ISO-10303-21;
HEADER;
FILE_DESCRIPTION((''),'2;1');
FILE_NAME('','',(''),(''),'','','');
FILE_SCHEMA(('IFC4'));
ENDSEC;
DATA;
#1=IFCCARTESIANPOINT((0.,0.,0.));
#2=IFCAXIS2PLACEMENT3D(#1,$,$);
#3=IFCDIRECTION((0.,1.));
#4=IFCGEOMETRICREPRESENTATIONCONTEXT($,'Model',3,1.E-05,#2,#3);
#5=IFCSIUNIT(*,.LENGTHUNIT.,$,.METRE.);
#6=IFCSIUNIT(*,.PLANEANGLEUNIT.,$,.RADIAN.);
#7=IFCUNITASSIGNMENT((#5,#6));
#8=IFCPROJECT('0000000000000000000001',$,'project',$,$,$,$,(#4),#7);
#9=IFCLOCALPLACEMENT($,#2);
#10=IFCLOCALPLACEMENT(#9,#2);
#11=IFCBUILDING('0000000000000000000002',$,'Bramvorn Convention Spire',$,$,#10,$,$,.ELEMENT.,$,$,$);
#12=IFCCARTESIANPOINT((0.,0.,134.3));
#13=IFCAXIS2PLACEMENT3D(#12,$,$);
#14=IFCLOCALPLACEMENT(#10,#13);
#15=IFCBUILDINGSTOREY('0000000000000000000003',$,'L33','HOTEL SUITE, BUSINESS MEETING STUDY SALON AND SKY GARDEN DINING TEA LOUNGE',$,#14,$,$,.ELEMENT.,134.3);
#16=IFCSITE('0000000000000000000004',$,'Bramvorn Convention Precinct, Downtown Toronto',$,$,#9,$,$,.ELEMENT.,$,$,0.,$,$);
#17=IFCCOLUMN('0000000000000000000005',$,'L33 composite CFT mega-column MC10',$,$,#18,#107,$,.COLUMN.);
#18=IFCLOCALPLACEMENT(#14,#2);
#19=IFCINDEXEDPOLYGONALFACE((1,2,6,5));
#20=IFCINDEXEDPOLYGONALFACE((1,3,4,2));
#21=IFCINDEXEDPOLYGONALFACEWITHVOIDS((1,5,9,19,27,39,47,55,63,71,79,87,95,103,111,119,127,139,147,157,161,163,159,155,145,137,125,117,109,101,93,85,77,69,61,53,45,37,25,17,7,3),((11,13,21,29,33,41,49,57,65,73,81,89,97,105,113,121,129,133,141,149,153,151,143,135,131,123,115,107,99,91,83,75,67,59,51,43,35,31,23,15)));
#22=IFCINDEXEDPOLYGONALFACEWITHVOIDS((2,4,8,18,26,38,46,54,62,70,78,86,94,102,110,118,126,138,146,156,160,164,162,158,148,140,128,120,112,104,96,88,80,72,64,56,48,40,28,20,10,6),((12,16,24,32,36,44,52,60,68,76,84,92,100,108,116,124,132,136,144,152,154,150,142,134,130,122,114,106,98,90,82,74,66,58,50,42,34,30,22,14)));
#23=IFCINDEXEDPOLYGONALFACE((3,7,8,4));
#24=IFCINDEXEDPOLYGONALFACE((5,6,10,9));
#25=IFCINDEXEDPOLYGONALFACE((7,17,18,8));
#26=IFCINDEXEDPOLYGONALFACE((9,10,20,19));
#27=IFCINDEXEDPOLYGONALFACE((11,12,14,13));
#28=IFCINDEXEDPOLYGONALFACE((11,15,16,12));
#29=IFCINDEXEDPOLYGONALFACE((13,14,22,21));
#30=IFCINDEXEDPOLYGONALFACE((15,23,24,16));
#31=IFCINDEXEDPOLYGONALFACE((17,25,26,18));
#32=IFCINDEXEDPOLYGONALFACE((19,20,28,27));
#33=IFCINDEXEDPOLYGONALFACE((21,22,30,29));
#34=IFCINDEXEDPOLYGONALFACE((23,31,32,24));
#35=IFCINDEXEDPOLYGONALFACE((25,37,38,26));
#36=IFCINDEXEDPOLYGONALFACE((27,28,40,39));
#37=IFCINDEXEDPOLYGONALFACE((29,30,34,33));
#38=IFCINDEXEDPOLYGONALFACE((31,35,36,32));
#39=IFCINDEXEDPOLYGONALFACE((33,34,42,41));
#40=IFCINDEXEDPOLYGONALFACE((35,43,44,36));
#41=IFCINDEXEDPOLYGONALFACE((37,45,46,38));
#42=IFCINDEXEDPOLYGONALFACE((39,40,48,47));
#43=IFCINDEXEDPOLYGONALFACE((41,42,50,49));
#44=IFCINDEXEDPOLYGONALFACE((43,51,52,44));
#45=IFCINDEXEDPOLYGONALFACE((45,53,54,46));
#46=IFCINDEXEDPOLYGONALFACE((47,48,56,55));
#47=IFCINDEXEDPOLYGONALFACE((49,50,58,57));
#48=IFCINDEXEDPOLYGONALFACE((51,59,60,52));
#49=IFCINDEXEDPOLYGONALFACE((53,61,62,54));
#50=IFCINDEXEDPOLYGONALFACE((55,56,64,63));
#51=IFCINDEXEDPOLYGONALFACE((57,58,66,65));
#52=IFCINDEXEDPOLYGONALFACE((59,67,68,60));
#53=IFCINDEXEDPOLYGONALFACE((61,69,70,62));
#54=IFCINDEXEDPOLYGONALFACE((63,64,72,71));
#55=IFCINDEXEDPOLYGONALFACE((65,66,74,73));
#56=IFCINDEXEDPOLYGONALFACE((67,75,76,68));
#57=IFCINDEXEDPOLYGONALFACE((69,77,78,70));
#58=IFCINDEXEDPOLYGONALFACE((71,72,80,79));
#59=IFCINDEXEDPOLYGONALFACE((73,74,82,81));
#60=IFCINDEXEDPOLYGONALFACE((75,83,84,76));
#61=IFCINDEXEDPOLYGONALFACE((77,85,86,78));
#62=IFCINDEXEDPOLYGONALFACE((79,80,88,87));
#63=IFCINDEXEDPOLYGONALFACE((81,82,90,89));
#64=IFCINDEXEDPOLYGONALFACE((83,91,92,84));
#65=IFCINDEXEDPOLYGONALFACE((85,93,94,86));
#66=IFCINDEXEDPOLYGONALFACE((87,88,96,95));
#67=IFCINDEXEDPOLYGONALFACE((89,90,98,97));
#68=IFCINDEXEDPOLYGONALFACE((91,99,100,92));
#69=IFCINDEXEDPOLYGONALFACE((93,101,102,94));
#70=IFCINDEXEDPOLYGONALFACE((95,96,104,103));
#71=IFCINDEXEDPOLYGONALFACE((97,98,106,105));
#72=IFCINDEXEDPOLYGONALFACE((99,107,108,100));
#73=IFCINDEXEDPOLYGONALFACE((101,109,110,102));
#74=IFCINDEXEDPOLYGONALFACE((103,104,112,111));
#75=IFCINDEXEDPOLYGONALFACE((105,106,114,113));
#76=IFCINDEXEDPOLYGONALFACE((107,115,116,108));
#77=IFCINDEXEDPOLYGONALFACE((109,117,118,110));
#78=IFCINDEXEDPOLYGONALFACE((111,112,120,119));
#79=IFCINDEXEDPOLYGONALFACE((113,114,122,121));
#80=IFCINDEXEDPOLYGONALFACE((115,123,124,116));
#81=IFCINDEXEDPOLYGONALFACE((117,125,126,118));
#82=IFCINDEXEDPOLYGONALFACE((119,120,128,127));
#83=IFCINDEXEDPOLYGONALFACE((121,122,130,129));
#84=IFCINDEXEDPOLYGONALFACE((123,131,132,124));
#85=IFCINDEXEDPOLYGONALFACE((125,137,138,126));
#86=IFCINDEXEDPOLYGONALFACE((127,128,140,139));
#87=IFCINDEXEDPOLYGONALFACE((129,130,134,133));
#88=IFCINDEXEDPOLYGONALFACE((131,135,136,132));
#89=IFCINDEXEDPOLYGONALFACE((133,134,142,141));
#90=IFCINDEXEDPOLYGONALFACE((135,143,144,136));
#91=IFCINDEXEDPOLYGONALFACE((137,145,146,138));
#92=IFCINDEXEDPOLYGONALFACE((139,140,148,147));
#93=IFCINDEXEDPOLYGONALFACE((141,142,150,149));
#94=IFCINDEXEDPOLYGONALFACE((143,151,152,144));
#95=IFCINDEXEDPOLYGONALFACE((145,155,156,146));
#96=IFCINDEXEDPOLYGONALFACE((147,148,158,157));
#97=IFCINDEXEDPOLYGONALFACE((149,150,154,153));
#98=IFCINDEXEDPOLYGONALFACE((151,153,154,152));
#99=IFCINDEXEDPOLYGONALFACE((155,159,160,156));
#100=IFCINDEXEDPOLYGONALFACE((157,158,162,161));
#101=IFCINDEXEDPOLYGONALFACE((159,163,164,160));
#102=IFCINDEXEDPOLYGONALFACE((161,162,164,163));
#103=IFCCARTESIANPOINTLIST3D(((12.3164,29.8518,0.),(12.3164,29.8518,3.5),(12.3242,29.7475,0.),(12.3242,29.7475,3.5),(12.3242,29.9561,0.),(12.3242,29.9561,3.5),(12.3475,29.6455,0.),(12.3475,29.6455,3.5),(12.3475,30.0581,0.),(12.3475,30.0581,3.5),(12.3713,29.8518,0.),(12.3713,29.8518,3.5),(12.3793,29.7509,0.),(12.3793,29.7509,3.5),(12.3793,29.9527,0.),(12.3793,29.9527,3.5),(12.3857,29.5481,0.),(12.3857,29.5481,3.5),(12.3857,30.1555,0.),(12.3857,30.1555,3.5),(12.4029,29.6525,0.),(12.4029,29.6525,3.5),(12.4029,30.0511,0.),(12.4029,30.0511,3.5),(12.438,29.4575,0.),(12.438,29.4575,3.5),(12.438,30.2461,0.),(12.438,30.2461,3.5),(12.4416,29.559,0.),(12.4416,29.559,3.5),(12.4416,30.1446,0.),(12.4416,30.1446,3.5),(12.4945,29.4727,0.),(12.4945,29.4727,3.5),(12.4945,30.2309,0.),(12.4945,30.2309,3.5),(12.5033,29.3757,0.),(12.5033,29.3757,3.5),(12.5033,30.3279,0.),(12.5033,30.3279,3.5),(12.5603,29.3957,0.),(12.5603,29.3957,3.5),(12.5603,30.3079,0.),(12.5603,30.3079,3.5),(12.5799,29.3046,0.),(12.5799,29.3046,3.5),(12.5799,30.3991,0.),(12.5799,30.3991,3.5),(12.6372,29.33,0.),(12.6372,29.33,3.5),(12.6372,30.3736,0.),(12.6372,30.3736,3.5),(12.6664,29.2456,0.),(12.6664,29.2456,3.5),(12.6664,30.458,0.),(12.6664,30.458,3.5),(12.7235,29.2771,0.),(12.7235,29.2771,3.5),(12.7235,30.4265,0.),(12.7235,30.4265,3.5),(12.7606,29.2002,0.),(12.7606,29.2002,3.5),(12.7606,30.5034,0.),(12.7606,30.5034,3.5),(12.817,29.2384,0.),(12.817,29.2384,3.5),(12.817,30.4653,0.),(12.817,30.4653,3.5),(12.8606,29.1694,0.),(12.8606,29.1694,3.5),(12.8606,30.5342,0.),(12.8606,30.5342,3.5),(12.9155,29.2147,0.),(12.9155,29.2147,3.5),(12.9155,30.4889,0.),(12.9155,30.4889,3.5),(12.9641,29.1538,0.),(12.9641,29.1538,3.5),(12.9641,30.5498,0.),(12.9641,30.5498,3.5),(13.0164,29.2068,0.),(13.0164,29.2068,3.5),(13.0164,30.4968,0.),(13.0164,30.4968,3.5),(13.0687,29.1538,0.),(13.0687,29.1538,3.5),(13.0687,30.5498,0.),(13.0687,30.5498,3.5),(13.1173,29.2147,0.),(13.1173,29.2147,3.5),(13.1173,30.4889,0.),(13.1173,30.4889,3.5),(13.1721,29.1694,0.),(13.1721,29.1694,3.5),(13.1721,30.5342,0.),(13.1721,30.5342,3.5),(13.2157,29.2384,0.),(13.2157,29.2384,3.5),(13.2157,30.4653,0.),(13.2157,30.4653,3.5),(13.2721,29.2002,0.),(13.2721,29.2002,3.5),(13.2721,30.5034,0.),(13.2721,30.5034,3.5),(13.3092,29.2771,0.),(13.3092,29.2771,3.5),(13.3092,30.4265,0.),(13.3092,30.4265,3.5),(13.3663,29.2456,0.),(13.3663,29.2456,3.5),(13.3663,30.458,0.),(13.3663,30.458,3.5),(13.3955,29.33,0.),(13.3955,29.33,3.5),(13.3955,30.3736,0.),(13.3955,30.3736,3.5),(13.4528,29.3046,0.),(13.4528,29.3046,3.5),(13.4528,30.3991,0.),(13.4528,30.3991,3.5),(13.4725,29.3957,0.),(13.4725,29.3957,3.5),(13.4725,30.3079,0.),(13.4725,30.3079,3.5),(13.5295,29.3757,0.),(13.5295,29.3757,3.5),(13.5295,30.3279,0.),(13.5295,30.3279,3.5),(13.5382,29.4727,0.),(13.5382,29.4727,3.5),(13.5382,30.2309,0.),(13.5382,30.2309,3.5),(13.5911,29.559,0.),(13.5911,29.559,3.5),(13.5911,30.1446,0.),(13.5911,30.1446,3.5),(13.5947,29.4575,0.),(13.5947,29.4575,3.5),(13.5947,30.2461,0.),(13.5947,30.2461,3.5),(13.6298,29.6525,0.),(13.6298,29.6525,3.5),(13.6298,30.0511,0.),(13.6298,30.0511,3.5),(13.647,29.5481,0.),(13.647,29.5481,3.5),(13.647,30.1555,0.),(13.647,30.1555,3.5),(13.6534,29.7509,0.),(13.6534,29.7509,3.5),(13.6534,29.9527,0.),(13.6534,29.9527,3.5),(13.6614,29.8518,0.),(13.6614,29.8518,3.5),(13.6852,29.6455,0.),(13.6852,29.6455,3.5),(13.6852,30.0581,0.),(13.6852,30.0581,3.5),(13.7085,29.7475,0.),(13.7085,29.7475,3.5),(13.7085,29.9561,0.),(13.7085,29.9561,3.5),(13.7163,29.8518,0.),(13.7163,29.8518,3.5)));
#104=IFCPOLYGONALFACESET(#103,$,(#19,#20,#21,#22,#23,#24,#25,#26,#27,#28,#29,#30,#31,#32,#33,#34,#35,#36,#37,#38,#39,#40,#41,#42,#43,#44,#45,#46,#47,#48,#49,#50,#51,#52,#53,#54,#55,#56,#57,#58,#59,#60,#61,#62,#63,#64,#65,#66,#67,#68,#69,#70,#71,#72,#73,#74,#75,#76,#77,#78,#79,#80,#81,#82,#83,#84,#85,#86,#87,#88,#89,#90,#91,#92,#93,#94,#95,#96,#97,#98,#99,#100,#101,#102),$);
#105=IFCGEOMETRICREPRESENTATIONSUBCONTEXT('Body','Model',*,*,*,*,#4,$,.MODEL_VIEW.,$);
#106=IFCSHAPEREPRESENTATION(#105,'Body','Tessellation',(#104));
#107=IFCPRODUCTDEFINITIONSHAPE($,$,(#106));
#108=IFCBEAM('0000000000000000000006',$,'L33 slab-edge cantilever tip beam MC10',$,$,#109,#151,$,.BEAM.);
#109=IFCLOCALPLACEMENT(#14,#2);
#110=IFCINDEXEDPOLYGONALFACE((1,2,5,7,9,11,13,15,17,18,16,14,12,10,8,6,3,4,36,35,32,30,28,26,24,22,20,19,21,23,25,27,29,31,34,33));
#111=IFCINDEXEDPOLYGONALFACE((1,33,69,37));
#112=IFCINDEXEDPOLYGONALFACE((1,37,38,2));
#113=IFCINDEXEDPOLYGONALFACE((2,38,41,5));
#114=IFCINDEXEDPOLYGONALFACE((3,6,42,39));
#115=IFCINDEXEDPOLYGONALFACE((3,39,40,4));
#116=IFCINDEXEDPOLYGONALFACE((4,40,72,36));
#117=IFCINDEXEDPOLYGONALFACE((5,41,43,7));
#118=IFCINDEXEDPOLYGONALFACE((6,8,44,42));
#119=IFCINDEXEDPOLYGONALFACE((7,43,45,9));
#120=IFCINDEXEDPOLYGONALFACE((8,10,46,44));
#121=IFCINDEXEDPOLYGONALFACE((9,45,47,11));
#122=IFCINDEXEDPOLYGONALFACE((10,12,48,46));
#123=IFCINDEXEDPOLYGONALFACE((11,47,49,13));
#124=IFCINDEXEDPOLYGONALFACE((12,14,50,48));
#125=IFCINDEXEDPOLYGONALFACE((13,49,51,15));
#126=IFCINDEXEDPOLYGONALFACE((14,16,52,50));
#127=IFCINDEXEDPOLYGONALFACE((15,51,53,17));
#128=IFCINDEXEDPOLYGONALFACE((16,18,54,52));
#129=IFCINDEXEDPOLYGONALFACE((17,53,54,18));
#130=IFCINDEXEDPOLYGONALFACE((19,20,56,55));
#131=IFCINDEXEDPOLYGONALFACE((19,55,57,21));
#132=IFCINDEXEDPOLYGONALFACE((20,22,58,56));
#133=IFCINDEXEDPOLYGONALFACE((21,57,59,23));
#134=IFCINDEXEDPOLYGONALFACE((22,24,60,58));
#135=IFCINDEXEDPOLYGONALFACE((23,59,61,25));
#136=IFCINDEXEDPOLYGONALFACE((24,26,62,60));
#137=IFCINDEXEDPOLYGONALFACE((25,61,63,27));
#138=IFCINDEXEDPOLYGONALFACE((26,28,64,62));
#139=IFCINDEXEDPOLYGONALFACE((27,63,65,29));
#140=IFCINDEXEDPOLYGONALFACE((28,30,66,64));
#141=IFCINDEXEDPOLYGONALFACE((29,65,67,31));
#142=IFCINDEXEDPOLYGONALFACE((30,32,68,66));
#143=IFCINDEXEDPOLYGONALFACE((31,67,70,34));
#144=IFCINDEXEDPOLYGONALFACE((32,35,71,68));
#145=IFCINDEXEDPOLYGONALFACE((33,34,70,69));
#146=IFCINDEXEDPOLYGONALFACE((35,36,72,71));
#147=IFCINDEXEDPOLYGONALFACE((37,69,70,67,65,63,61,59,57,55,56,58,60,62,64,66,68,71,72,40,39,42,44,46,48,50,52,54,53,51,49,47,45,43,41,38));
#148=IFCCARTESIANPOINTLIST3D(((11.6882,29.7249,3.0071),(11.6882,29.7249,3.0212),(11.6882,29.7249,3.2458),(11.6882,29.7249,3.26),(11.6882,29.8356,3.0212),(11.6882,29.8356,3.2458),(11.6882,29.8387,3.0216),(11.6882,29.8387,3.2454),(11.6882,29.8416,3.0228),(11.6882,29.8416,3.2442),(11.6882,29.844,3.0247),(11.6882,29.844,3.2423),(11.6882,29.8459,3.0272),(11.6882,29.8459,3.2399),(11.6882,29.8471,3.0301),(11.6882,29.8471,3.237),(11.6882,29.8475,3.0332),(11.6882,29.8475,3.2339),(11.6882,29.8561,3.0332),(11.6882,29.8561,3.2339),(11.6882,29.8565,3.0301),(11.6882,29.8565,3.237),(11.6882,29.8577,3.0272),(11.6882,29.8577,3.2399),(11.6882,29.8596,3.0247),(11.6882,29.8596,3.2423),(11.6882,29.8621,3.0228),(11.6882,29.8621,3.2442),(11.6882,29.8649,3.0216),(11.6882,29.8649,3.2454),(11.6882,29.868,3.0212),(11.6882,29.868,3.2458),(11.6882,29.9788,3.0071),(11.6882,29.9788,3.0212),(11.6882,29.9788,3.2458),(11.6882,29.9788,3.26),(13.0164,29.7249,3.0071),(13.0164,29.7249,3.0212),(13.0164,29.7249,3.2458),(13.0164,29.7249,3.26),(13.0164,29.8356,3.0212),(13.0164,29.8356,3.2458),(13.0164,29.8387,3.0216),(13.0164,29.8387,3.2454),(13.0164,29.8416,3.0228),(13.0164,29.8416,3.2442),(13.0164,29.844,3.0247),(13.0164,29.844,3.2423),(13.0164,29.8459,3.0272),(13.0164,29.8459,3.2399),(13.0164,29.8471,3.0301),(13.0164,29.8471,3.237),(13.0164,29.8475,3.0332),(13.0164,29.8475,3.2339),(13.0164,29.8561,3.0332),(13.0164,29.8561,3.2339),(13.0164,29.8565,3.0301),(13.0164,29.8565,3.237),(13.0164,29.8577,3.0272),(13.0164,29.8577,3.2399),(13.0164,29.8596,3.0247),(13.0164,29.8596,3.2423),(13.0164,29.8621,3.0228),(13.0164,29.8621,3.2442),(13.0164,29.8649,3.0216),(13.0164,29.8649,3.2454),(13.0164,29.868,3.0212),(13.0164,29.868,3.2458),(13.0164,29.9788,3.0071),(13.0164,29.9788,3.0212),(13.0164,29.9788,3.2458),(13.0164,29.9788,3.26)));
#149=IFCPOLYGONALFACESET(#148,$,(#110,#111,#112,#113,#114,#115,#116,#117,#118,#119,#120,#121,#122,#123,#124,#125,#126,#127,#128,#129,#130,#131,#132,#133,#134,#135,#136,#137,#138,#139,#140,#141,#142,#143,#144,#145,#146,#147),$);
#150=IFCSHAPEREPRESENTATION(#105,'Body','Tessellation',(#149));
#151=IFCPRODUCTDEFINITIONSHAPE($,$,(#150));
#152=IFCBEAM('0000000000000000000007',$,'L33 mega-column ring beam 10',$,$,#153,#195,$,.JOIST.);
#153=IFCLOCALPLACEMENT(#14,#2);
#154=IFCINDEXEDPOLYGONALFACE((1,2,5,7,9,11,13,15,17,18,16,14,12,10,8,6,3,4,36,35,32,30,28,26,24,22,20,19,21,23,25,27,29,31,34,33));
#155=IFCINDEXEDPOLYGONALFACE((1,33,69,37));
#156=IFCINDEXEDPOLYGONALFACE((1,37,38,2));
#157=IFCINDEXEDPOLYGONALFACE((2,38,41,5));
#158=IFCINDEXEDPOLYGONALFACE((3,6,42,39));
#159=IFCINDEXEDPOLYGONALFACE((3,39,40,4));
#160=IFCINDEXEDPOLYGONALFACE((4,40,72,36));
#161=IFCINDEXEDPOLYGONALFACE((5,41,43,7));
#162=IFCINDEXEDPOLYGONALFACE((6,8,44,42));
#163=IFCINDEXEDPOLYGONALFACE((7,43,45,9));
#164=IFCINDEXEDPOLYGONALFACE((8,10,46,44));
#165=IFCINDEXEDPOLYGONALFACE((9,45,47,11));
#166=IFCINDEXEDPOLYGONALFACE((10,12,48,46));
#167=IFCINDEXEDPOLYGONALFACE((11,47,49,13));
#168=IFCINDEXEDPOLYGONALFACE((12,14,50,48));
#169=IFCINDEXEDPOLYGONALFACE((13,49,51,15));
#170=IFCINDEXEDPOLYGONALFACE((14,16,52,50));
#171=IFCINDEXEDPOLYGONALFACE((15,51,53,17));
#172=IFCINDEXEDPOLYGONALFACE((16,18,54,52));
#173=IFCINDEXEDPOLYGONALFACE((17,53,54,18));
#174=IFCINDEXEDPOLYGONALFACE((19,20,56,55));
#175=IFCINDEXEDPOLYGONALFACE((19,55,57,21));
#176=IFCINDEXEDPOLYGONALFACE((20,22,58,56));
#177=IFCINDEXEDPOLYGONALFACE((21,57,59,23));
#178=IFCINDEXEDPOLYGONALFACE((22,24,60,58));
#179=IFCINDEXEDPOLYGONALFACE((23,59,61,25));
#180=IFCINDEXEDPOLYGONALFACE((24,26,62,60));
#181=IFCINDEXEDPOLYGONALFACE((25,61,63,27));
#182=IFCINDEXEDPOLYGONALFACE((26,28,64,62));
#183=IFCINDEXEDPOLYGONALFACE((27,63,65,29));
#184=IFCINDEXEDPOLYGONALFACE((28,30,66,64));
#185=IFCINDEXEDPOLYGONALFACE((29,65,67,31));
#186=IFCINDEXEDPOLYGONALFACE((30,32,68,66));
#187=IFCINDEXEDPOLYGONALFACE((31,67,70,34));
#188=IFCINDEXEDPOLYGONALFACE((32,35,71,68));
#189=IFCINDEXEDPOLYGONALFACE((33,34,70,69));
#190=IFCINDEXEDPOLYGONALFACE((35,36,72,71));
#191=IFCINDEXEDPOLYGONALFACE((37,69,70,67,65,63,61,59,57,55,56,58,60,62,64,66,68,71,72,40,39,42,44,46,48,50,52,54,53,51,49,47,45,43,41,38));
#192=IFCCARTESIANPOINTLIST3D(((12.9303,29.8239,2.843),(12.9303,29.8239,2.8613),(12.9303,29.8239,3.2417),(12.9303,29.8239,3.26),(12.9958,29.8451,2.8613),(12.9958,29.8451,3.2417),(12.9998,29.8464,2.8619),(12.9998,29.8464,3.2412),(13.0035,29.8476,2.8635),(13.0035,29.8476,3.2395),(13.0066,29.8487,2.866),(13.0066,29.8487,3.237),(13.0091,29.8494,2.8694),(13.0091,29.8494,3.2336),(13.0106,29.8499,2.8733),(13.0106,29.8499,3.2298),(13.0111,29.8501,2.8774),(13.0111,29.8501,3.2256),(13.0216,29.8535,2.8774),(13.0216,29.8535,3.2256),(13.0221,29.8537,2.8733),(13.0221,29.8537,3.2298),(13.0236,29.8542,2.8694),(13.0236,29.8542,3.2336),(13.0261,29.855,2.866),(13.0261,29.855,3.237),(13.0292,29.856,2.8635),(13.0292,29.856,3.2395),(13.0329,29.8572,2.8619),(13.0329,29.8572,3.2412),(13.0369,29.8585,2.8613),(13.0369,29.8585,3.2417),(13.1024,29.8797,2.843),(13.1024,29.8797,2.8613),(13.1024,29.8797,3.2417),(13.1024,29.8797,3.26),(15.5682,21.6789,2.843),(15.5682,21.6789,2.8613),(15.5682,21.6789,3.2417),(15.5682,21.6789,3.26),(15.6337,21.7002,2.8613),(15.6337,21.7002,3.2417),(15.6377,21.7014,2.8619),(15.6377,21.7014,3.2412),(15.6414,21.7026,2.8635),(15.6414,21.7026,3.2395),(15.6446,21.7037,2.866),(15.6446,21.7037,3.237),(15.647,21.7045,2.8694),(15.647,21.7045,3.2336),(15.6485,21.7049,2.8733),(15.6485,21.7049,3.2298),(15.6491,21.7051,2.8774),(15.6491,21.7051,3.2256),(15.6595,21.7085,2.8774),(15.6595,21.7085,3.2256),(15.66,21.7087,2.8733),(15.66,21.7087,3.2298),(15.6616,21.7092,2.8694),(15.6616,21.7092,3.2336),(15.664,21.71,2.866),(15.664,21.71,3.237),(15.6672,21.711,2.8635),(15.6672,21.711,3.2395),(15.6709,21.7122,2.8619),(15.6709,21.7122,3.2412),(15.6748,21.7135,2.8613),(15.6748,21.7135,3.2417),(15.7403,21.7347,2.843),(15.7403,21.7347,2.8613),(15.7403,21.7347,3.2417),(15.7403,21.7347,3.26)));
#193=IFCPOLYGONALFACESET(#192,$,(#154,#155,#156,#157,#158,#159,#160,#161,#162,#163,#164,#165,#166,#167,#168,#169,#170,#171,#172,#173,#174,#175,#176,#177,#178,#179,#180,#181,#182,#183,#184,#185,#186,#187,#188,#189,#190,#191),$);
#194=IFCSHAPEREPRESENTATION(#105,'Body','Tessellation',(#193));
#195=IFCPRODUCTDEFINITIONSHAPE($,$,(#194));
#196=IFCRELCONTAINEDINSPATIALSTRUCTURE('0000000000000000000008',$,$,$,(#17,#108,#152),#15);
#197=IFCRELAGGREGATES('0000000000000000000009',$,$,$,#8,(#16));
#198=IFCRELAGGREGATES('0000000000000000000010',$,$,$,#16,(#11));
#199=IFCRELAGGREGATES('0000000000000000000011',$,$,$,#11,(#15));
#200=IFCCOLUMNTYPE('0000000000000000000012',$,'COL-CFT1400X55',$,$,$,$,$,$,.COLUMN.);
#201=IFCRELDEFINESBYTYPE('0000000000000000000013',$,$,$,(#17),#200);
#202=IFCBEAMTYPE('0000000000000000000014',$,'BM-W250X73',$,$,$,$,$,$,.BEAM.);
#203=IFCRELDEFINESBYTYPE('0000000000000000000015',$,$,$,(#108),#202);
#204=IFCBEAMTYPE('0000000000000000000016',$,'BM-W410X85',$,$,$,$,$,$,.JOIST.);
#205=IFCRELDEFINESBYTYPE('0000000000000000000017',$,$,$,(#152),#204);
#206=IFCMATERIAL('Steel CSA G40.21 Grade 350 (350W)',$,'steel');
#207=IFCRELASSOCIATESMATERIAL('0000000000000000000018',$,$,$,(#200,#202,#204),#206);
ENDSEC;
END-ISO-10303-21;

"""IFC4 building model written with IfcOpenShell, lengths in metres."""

from ifc_helpers import new_model, si_unit, direction, frame, origin, origin_2d, place, context, subcontext, project, spatial, hollow_circle, i_section, extrude, material, material_profile, profile_set, type_object, element, save


model = new_model("IFC4")

# Units and contexts
model_context = context("Model", 3, precision=1e-05, world=origin(), true_north=direction((0.0, 1.0)))
body_context = subcontext(model_context, "Body", "Model", "MODEL_VIEW")
ifc_project = project(units=[si_unit("LENGTHUNIT", "METRE"), si_unit("PLANEANGLEUNIT", "RADIAN")], contexts=[model_context])

# Site, building, storey
site_placement = place(None, origin())
site = spatial("IfcSite", under=ifc_project, at=site_placement, Name="Bramvorn Convention Precinct, Downtown Toronto", CompositionType="ELEMENT", RefElevation=0.0)
building_placement = place(site_placement, origin())
building = spatial("IfcBuilding", under=site, at=building_placement, Name="Bramvorn Convention Spire", CompositionType="ELEMENT")
storey_placement = place(building_placement, frame((0.0, 0.0, 134.3)))
storey = spatial("IfcBuildingStorey", under=building, at=storey_placement, Name="L33", Description="HOTEL SUITE, BUSINESS MEETING STUDY SALON AND SKY GARDEN DINING TEA LOUNGE", CompositionType="ELEMENT", Elevation=134.3)

# Column
ifc_material_1 = material(Name="Steel CSA G40.21 Grade 350 (350W)", Category="steel")
ifc_material_profile_1 = material_profile(ifc_material_1, hollow_circle(Radius=0.7, WallThickness=0.0549, at=origin_2d()))
ifc_profile_set_1 = profile_set([ifc_material_profile_1], Name="Steel CSA G40.21 Grade 350 (350W) - CFT1400X55")
column_type = type_object("IfcColumnType", Name="COL-CFT1400X55", PredefinedType="COLUMN", material=ifc_profile_set_1)
column_placement = place(storey_placement, frame((13.0164, 29.8518, 0.0), z_axis=(0.0, 0.0, 1.0), x_axis=(1.0, 0.0, 0.0)))
element("IfcColumn", 1, at=column_placement, inside=storey, type_object=column_type, Name="L33 composite CFT mega-column MC10", PredefinedType="COLUMN", context=body_context, shape_type="SweptSolid", body=[
    extrude(hollow_circle(Radius=0.7, WallThickness=0.0549, at=origin_2d()), origin(), (0.0, 0.0, 1.0), 3.5),
])

# Beams
ifc_material_profile_2 = material_profile(ifc_material_1, i_section(OverallWidth=0.2539, OverallDepth=0.2529, WebThickness=0.0085, FlangeThickness=0.0142, FilletRadius=0.012, at=origin_2d()))
ifc_profile_set_2 = profile_set([ifc_material_profile_2], Name="Steel CSA G40.21 Grade 350 (350W) - W250X73")
beam_type_1 = type_object("IfcBeamType", Name="BM-W250X73", PredefinedType="BEAM", material=ifc_profile_set_2)
beam_1_placement = place(storey_placement, frame((13.0164, 29.8518, 3.1335), z_axis=(-1.0, 0.0, 0.0), x_axis=(0.0, -1.0, 0.0)))
element("IfcBeam", 2, at=beam_1_placement, inside=storey, type_object=beam_type_1, Name="L33 slab-edge cantilever tip beam MC10", PredefinedType="BEAM", context=body_context, shape_type="SweptSolid", body=[
    extrude(i_section(OverallWidth=0.2539, OverallDepth=0.2529, WebThickness=0.0085, FlangeThickness=0.0142, FilletRadius=0.012, at=origin_2d()), origin(), (0.0, 0.0, 1.0), 1.3281),
])
ifc_material_profile_3 = material_profile(ifc_material_1, i_section(OverallWidth=0.1809, OverallDepth=0.417, WebThickness=0.011, FlangeThickness=0.0183, FilletRadius=0.0161, at=origin_2d()))
ifc_profile_set_3 = profile_set([ifc_material_profile_3], Name="Steel CSA G40.21 Grade 350 (350W) - W410X85")
beam_type_2 = type_object("IfcBeamType", Name="BM-W410X85", PredefinedType="JOIST", material=ifc_profile_set_3)
beam_2_placement = place(storey_placement, frame((13.0164, 29.8518, 3.0515), z_axis=(0.308115, -0.951349, 0.0), x_axis=(0.951349, 0.308115, 0.0)))
element("IfcBeam", 3, at=beam_2_placement, inside=storey, type_object=beam_type_2, Name="L33 mega-column ring beam 10", PredefinedType="JOIST", context=body_context, shape_type="SweptSolid", body=[
    extrude(i_section(OverallWidth=0.1809, OverallDepth=0.417, WebThickness=0.011, FlangeThickness=0.0183, FilletRadius=0.0161, at=origin_2d()), origin(), (0.0, 0.0, 1.0), 8.5615),
])

save(model, "model.ifc")
